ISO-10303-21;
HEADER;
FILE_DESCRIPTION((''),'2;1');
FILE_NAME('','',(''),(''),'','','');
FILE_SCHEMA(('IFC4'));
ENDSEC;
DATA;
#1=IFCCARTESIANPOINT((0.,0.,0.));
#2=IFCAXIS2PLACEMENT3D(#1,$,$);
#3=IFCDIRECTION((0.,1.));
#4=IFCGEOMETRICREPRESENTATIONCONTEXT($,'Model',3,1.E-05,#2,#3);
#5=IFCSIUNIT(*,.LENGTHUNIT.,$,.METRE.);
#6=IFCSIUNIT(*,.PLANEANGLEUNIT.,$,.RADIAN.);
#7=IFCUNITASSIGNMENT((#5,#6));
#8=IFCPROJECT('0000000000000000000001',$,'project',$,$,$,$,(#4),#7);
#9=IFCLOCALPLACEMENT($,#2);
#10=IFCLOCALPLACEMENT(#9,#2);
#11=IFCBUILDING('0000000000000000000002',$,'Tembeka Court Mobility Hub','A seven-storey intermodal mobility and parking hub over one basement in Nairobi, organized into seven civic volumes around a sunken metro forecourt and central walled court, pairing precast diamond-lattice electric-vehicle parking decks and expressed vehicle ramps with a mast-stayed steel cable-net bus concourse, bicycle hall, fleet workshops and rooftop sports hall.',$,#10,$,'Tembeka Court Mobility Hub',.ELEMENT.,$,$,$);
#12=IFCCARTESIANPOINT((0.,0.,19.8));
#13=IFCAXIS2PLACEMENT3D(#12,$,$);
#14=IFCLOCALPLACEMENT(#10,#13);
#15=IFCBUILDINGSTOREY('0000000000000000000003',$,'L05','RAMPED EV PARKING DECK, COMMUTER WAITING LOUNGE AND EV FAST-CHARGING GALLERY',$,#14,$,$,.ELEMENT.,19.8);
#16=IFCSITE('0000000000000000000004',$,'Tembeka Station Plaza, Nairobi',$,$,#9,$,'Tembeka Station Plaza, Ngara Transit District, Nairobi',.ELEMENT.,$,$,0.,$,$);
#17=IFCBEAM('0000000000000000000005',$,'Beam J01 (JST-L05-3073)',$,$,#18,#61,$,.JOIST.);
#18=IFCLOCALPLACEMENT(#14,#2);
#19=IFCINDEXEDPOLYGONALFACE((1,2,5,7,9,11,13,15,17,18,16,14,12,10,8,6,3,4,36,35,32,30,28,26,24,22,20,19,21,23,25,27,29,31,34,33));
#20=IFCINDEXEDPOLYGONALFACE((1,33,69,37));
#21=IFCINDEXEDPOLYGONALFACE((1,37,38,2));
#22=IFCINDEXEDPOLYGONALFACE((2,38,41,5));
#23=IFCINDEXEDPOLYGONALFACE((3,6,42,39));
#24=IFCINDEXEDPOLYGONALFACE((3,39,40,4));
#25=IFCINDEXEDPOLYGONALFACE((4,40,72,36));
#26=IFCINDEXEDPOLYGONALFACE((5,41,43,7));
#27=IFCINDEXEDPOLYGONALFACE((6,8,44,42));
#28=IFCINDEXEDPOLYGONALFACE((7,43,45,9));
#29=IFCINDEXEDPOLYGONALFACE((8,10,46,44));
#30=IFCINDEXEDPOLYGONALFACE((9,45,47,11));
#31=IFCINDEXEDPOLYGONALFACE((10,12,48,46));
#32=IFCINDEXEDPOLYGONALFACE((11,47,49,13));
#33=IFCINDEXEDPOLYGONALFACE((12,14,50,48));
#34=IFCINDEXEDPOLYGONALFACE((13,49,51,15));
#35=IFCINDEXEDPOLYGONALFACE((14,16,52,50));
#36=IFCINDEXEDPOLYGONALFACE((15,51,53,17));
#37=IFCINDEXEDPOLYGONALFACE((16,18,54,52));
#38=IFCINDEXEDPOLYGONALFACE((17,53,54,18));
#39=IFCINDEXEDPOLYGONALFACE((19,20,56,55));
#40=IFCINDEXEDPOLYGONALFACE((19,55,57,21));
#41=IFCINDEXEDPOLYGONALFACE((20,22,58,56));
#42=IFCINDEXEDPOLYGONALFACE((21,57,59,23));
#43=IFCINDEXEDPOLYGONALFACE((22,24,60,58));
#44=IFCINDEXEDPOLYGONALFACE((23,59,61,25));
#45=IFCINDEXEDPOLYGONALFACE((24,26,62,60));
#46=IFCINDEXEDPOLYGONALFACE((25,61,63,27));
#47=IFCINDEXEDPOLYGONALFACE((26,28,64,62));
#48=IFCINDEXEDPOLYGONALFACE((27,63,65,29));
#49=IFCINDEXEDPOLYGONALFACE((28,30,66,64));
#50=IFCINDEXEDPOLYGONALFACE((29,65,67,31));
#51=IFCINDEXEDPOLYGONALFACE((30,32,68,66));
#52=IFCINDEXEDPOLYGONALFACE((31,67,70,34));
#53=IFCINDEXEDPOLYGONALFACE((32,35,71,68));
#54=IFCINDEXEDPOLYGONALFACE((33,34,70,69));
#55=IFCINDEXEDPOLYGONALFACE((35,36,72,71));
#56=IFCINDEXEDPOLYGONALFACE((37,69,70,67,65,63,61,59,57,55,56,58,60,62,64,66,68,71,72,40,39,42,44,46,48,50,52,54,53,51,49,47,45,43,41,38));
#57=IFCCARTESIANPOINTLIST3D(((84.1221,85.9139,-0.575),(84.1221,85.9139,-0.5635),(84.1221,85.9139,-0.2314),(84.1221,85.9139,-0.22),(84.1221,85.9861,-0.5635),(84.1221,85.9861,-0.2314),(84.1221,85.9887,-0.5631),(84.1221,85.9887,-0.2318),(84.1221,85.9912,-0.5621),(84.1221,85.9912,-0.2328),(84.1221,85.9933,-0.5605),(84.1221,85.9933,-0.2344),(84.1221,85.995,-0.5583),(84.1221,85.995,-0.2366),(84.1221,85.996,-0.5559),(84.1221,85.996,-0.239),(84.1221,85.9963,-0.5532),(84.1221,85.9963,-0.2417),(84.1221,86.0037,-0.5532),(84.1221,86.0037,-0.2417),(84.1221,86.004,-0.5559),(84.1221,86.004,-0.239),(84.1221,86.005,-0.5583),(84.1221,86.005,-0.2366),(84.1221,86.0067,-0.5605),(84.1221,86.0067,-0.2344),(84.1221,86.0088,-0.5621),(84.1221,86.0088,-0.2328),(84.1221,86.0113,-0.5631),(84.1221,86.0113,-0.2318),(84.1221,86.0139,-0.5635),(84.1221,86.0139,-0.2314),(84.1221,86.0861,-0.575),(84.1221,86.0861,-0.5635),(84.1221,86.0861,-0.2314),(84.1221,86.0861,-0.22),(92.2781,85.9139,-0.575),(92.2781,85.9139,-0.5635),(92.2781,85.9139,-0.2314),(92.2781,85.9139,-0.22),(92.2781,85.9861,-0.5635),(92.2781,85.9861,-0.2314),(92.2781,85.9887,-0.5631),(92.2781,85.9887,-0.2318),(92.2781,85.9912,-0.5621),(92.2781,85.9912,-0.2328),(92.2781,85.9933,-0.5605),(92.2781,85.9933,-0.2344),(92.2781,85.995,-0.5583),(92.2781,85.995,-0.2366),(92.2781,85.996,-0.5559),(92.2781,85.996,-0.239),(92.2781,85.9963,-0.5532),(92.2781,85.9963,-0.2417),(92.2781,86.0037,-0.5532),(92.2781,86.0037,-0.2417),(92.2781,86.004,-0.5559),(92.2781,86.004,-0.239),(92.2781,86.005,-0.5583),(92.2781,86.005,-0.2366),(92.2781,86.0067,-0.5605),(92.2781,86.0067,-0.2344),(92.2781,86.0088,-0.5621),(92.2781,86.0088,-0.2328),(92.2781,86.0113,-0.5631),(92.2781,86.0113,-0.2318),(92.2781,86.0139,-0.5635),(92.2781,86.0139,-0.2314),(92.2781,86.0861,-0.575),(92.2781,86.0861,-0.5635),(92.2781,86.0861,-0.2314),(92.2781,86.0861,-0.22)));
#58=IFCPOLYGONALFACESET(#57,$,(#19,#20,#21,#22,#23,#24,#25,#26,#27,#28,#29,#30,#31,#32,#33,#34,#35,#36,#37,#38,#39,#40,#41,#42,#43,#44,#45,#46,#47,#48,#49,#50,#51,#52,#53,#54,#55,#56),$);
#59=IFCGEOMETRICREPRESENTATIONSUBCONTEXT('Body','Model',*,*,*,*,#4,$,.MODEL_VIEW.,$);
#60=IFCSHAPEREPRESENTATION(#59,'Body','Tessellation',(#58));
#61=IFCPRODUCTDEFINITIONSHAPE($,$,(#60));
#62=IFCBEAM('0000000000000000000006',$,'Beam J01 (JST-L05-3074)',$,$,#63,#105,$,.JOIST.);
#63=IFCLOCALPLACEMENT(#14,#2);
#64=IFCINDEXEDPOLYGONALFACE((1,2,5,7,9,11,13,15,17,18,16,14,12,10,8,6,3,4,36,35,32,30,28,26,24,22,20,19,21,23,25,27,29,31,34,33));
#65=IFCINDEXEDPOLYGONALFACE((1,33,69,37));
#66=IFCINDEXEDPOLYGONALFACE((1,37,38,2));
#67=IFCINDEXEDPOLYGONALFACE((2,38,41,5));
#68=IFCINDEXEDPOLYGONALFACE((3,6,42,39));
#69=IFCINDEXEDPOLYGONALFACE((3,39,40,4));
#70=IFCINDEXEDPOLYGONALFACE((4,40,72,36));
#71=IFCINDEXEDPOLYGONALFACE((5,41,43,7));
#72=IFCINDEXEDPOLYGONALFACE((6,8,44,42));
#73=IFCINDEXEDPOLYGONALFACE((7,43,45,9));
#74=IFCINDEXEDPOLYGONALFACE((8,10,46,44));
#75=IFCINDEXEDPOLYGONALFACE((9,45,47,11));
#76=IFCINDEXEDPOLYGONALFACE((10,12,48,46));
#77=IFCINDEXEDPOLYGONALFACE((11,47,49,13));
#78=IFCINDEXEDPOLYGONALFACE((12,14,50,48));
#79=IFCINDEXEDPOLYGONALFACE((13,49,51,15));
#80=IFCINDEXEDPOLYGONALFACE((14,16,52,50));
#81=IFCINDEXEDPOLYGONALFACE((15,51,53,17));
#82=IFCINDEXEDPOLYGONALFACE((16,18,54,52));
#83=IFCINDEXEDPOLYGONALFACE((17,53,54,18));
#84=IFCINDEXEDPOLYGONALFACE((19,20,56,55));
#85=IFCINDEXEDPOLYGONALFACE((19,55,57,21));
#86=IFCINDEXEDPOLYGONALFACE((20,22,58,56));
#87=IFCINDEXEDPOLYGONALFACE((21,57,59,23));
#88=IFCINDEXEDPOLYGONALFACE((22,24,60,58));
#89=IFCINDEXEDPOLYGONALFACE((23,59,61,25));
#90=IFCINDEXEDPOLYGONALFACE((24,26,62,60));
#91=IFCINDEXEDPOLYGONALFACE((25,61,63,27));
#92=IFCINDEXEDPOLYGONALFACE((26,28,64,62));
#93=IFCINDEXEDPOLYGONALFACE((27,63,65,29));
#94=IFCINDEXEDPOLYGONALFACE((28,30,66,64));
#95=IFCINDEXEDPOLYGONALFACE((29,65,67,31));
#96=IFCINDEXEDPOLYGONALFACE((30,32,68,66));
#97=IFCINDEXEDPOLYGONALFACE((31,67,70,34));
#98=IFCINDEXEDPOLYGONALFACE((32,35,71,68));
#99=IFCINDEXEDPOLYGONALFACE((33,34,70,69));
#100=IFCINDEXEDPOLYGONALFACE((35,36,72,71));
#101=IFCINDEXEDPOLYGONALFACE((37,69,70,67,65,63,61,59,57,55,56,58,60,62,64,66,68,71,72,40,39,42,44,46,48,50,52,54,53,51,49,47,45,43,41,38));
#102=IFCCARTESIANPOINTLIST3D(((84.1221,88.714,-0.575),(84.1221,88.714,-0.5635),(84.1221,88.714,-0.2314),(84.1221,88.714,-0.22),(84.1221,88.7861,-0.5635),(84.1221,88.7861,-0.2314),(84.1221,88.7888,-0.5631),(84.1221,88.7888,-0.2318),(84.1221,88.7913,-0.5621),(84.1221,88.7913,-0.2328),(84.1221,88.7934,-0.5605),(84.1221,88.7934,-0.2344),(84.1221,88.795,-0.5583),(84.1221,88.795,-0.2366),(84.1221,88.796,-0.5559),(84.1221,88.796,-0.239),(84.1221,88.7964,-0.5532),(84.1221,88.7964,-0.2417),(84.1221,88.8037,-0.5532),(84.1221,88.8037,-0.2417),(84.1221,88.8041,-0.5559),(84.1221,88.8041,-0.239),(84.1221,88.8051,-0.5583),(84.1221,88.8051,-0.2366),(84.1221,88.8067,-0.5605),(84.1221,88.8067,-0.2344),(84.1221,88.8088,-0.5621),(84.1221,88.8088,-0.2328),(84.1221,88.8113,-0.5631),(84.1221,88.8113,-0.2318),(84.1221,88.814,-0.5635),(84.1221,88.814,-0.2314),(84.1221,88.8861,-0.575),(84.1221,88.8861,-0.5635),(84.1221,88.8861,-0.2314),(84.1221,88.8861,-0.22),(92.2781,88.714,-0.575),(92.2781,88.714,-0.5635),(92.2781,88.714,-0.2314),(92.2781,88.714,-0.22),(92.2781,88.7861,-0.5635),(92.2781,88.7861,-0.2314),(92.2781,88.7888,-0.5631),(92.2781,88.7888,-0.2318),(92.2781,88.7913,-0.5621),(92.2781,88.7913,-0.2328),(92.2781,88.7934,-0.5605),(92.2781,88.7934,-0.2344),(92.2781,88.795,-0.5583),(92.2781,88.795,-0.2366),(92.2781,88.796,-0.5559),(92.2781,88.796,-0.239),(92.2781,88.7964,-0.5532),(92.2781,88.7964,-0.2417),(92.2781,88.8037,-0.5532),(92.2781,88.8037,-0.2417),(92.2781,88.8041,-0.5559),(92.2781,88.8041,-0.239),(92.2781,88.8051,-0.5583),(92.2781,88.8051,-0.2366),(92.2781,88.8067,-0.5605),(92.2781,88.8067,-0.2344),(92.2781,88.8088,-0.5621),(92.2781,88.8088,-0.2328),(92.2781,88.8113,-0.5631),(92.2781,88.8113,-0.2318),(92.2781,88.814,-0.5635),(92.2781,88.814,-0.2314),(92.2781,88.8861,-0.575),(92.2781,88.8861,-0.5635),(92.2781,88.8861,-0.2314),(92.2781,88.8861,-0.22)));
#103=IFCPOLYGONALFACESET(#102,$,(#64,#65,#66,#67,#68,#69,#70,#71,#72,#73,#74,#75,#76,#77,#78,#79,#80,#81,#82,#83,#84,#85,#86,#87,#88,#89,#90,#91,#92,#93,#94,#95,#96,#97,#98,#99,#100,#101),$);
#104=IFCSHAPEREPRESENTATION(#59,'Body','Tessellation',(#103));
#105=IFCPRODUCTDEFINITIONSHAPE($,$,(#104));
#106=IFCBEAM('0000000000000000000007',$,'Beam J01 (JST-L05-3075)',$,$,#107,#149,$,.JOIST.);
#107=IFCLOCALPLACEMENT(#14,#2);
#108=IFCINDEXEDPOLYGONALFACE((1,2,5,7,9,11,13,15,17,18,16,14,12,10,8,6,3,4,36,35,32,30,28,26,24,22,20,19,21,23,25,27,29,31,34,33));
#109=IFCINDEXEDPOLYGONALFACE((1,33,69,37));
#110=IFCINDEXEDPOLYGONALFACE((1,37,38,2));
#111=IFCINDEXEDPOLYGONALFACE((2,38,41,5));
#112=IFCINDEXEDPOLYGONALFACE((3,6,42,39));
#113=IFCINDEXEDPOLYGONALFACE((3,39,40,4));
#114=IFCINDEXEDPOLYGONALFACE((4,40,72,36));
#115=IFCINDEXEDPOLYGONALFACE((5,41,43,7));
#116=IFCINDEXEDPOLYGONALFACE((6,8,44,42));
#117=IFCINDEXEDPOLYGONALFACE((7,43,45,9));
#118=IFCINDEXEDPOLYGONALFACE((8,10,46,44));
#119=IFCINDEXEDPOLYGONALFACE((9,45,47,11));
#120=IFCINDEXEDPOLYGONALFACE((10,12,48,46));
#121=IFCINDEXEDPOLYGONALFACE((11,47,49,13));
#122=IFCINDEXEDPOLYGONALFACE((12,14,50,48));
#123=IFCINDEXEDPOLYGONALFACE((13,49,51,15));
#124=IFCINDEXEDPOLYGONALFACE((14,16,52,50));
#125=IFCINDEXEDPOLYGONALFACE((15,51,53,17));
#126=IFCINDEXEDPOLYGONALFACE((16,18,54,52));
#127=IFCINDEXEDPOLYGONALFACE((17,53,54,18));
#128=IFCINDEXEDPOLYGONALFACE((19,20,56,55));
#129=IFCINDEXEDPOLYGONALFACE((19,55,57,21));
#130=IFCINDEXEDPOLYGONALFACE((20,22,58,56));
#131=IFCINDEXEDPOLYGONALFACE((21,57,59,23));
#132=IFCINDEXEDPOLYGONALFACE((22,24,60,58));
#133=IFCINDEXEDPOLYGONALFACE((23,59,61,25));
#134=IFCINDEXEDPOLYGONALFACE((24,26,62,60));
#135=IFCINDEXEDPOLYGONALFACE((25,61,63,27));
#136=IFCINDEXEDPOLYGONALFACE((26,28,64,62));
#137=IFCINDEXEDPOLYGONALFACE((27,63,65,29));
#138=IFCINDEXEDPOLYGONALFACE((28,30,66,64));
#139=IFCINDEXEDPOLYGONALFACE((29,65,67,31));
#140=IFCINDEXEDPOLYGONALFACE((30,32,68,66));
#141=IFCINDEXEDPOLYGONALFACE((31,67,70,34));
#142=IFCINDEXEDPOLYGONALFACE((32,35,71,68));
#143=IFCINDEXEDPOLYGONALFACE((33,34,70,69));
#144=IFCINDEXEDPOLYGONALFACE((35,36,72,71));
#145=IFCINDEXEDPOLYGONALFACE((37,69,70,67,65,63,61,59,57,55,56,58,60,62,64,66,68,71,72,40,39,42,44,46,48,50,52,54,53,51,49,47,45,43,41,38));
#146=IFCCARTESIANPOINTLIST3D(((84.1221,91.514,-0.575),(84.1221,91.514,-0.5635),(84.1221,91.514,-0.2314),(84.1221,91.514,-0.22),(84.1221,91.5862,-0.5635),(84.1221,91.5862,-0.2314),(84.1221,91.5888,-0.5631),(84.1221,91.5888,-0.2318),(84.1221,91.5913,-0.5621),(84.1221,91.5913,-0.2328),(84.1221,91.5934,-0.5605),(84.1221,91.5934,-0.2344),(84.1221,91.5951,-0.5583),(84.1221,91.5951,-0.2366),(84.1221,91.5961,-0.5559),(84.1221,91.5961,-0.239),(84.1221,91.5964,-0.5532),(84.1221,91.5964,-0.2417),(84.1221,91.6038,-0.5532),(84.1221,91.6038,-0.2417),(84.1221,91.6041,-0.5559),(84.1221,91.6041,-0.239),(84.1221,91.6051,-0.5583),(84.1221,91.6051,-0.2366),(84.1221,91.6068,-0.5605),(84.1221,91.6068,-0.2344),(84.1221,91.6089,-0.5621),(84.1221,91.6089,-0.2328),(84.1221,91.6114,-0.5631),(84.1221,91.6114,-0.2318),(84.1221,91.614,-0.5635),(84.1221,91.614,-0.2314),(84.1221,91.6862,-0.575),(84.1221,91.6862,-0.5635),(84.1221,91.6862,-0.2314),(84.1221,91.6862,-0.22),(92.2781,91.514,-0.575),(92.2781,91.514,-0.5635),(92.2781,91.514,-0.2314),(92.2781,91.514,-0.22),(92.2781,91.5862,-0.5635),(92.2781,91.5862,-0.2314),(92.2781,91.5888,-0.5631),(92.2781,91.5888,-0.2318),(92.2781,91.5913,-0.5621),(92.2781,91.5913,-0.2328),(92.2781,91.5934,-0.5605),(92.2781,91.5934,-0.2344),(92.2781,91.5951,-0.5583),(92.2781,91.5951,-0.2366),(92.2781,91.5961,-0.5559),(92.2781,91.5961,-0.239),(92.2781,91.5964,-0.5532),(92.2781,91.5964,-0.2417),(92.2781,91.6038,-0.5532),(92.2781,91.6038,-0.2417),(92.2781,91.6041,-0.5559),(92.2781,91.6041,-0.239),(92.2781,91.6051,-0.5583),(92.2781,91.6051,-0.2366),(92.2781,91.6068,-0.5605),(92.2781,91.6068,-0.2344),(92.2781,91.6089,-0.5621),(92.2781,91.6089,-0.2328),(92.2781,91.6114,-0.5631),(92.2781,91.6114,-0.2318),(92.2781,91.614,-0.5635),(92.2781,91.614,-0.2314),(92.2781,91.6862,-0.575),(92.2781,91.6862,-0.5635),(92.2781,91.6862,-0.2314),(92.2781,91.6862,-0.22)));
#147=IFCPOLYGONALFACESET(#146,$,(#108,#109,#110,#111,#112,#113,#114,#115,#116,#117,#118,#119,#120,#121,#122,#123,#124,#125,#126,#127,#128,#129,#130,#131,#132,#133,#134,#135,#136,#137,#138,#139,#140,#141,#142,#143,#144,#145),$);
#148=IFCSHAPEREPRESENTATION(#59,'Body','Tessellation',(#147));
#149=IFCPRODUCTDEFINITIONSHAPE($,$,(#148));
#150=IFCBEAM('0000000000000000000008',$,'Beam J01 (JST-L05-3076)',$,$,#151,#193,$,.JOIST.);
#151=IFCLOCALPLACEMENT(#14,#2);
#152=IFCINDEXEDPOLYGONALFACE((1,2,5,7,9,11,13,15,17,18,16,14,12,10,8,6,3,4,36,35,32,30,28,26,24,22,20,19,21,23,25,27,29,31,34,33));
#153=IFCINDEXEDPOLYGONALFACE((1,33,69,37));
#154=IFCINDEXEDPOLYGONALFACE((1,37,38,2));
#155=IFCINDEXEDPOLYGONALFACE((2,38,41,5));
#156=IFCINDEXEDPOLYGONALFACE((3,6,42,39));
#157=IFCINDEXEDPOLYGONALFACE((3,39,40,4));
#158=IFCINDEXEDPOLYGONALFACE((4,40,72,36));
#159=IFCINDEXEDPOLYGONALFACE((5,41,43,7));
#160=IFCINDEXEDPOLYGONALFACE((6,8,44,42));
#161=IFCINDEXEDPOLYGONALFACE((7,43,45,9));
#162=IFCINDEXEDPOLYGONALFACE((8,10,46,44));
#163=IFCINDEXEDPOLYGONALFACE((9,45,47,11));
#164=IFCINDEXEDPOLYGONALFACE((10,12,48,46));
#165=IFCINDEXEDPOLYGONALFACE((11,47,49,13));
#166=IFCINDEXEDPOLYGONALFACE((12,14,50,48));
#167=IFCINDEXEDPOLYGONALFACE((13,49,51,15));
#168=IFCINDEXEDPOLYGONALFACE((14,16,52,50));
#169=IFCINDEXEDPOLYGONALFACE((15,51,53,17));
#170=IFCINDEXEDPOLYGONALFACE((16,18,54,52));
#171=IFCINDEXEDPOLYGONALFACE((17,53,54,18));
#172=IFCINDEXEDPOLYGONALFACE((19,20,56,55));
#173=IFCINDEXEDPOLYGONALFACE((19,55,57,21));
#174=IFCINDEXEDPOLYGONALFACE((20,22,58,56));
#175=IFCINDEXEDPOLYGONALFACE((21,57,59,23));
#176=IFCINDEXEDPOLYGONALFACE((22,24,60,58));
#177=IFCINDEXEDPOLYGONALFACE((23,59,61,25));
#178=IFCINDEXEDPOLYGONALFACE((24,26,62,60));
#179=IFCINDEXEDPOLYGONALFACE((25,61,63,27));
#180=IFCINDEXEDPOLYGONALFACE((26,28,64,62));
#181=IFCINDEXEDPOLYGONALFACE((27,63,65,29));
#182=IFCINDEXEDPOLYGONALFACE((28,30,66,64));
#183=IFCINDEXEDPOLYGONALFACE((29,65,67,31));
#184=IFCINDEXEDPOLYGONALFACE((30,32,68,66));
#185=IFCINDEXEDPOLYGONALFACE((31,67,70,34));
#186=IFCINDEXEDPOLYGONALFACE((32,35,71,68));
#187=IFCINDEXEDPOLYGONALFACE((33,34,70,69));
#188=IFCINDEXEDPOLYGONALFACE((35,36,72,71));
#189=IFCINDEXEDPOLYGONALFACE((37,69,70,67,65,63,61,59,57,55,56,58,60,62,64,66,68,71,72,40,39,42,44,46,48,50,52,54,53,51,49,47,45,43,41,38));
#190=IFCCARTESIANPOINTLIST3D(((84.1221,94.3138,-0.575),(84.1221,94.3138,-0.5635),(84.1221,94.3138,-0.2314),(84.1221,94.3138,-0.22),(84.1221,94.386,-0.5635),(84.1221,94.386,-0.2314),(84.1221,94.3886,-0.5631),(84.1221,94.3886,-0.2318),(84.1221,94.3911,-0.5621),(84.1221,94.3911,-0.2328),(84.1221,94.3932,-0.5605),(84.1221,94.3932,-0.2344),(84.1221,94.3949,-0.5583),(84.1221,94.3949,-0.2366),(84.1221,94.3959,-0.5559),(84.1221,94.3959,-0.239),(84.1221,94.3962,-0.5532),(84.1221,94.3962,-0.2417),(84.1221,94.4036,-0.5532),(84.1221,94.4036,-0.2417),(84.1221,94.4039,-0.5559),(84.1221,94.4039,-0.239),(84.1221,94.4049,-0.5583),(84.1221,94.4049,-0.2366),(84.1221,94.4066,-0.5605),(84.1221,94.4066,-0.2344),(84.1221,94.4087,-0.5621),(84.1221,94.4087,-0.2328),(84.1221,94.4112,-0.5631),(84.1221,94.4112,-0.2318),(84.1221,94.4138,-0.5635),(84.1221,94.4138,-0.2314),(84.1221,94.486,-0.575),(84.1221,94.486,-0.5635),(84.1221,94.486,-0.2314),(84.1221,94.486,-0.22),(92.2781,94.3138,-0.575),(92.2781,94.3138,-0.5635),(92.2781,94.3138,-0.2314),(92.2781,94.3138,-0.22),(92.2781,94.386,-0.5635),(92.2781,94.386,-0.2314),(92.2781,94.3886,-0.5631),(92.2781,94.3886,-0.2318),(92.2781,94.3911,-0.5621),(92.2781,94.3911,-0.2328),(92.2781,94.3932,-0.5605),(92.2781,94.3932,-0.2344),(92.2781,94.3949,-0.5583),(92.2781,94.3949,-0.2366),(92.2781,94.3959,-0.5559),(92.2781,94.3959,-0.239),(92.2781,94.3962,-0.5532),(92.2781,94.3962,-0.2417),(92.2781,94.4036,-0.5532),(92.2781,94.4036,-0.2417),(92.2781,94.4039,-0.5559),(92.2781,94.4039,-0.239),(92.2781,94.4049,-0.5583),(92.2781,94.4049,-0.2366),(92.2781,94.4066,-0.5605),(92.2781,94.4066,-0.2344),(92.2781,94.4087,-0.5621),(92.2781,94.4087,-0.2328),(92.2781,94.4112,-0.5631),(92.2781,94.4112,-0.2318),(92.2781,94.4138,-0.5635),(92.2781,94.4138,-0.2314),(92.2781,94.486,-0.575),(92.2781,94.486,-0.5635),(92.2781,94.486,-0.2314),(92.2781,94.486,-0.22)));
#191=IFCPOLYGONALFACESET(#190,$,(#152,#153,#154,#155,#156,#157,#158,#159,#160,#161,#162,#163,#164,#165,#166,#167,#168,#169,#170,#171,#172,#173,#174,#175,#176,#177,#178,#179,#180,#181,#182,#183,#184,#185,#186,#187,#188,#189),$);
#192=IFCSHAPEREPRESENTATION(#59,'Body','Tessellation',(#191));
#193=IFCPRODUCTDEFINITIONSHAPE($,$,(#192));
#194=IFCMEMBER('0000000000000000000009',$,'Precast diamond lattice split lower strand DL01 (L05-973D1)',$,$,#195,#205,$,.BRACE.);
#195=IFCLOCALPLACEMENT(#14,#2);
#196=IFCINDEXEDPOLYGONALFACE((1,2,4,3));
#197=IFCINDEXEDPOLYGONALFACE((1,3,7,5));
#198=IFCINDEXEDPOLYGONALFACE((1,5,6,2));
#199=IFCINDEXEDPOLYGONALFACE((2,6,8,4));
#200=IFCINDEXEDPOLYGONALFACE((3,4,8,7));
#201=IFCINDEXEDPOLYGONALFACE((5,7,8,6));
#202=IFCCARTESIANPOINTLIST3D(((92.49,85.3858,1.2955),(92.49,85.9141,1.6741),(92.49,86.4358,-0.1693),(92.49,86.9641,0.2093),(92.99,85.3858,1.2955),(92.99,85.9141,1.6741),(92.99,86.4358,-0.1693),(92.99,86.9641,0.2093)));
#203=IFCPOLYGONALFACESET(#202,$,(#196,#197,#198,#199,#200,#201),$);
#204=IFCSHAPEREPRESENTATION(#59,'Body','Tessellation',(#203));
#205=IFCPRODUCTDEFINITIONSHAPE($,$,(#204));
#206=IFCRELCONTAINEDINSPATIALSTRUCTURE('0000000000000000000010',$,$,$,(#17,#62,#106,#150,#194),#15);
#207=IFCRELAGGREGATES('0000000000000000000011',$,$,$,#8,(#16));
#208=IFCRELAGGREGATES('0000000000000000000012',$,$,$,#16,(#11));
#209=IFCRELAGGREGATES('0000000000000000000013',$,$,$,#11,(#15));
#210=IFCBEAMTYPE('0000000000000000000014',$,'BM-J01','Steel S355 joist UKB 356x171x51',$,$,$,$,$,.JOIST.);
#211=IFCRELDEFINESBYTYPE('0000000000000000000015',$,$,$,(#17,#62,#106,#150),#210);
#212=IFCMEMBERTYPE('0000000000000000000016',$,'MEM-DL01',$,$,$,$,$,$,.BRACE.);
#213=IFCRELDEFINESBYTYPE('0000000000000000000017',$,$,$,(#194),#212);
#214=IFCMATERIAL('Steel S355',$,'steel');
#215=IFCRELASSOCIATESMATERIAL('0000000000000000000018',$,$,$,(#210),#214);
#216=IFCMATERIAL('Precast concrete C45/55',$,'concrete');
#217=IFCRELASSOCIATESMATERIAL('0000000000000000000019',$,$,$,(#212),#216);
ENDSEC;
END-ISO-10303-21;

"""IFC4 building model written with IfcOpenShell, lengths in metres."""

from ifc_helpers import new_model, si_unit, direction, frame, origin, origin_2d, place, context, subcontext, project, spatial, rectangle, i_section, extrude, material, material_profile, profile_set, type_object, element, save


model = new_model("IFC4")

# Units and contexts
model_context = context("Model", 3, precision=1e-05, world=origin(), true_north=direction((0.0, 1.0)))
body_context = subcontext(model_context, "Body", "Model", "MODEL_VIEW")
ifc_project = project(units=[si_unit("LENGTHUNIT", "METRE"), si_unit("PLANEANGLEUNIT", "RADIAN")], contexts=[model_context])

# Site, building, storey
site_placement = place(None, origin())
site = spatial("IfcSite", under=ifc_project, at=site_placement, Name="Tembeka Station Plaza, Nairobi", LongName="Tembeka Station Plaza, Ngara Transit District, Nairobi", CompositionType="ELEMENT", RefElevation=0.0)
building_placement = place(site_placement, origin())
building = spatial("IfcBuilding", under=site, at=building_placement, Name="Tembeka Court Mobility Hub", Description="A seven-storey intermodal mobility and parking hub over one basement in Nairobi, organized into seven civic volumes around a sunken metro forecourt and central walled court, pairing precast diamond-lattice electric-vehicle parking decks and expressed vehicle ramps with a mast-stayed steel cable-net bus concourse, bicycle hall, fleet workshops and rooftop sports hall.", LongName="Tembeka Court Mobility Hub", CompositionType="ELEMENT")
storey_placement = place(building_placement, frame((0.0, 0.0, 19.8)))
storey = spatial("IfcBuildingStorey", under=building, at=storey_placement, Name="L05", Description="RAMPED EV PARKING DECK, COMMUTER WAITING LOUNGE AND EV FAST-CHARGING GALLERY", CompositionType="ELEMENT", Elevation=19.8)

# Beams
ifc_material_1 = material(Name="Steel S355", Category="steel")
ifc_material_profile_1 = material_profile(ifc_material_1, i_section(OverallWidth=0.1721, OverallDepth=0.355, WebThickness=0.0073, FlangeThickness=0.0115, FilletRadius=0.0103, at=origin_2d()), Name="UKB 356x171x51")
ifc_profile_set_1 = profile_set([ifc_material_profile_1], Name="Steel S355")
beam_type = type_object("IfcBeamType", Name="BM-J01", Description="Steel S355 joist UKB 356x171x51", PredefinedType="JOIST", material=ifc_profile_set_1)
for number, where, z_axis, x_axis, name in (
    (1, (84.1221, 86.0, -0.3975), (1.0, 0.0, 0.0), (0.0, 1.0, 0.0), "Beam J01 (JST-L05-3073)"),
    (2, (84.1221, 88.8, -0.3975), (1.0, 0.0, 0.0), (0.0, 1.0, 0.0), "Beam J01 (JST-L05-3074)"),
    (3, (84.1221, 91.6001, -0.3975), (1.0, 0.0, 0.0), (0.0, 1.0, 0.0), "Beam J01 (JST-L05-3075)"),
    (4, (84.1221, 94.3999, -0.3975), (1.0, 0.0, 0.0), (0.0, 1.0, 0.0), "Beam J01 (JST-L05-3076)"),
):
    element("IfcBeam", number, at=place(storey_placement, frame(where, z_axis=z_axis, x_axis=x_axis)), inside=storey, type_object=beam_type, Name=name, PredefinedType="JOIST", context=body_context, shape_type="SweptSolid", body=[
        extrude(i_section(OverallWidth=0.1721, OverallDepth=0.355, WebThickness=0.0073, FlangeThickness=0.0115, FilletRadius=0.0103, at=origin_2d()), origin(), (0.0, 0.0, 1.0), 8.156),
    ])

# Member
ifc_material_2 = material(Name="Precast concrete C45/55", Category="concrete")
ifc_material_profile_2 = material_profile(ifc_material_2, rectangle(XDim=0.5, YDim=0.6499, at=origin_2d()), Name="PC-DIAG 500x650")
ifc_profile_set_2 = profile_set([ifc_material_profile_2], Name="Precast concrete C45/55")
member_type_1 = type_object("IfcMemberType", Name="MEM-DL01", PredefinedType="BRACE", material=ifc_profile_set_2)
member_1_placement = place(storey_placement, frame((92.74, 86.7, 0.02), z_axis=(0.0, -0.582608, 0.812753), x_axis=(1.0, 0.0, 0.0)))
element("IfcMember", 5, at=member_1_placement, inside=storey, type_object=member_type_1, Name="Precast diamond lattice split lower strand DL01 (L05-973D1)", PredefinedType="BRACE", context=body_context, shape_type="SweptSolid", body=[
    extrude(rectangle(XDim=0.5, YDim=0.6499, at=origin_2d()), origin(), (0.0, 0.0, 1.0), 1.8022),
])

save(model, "model.ifc")
